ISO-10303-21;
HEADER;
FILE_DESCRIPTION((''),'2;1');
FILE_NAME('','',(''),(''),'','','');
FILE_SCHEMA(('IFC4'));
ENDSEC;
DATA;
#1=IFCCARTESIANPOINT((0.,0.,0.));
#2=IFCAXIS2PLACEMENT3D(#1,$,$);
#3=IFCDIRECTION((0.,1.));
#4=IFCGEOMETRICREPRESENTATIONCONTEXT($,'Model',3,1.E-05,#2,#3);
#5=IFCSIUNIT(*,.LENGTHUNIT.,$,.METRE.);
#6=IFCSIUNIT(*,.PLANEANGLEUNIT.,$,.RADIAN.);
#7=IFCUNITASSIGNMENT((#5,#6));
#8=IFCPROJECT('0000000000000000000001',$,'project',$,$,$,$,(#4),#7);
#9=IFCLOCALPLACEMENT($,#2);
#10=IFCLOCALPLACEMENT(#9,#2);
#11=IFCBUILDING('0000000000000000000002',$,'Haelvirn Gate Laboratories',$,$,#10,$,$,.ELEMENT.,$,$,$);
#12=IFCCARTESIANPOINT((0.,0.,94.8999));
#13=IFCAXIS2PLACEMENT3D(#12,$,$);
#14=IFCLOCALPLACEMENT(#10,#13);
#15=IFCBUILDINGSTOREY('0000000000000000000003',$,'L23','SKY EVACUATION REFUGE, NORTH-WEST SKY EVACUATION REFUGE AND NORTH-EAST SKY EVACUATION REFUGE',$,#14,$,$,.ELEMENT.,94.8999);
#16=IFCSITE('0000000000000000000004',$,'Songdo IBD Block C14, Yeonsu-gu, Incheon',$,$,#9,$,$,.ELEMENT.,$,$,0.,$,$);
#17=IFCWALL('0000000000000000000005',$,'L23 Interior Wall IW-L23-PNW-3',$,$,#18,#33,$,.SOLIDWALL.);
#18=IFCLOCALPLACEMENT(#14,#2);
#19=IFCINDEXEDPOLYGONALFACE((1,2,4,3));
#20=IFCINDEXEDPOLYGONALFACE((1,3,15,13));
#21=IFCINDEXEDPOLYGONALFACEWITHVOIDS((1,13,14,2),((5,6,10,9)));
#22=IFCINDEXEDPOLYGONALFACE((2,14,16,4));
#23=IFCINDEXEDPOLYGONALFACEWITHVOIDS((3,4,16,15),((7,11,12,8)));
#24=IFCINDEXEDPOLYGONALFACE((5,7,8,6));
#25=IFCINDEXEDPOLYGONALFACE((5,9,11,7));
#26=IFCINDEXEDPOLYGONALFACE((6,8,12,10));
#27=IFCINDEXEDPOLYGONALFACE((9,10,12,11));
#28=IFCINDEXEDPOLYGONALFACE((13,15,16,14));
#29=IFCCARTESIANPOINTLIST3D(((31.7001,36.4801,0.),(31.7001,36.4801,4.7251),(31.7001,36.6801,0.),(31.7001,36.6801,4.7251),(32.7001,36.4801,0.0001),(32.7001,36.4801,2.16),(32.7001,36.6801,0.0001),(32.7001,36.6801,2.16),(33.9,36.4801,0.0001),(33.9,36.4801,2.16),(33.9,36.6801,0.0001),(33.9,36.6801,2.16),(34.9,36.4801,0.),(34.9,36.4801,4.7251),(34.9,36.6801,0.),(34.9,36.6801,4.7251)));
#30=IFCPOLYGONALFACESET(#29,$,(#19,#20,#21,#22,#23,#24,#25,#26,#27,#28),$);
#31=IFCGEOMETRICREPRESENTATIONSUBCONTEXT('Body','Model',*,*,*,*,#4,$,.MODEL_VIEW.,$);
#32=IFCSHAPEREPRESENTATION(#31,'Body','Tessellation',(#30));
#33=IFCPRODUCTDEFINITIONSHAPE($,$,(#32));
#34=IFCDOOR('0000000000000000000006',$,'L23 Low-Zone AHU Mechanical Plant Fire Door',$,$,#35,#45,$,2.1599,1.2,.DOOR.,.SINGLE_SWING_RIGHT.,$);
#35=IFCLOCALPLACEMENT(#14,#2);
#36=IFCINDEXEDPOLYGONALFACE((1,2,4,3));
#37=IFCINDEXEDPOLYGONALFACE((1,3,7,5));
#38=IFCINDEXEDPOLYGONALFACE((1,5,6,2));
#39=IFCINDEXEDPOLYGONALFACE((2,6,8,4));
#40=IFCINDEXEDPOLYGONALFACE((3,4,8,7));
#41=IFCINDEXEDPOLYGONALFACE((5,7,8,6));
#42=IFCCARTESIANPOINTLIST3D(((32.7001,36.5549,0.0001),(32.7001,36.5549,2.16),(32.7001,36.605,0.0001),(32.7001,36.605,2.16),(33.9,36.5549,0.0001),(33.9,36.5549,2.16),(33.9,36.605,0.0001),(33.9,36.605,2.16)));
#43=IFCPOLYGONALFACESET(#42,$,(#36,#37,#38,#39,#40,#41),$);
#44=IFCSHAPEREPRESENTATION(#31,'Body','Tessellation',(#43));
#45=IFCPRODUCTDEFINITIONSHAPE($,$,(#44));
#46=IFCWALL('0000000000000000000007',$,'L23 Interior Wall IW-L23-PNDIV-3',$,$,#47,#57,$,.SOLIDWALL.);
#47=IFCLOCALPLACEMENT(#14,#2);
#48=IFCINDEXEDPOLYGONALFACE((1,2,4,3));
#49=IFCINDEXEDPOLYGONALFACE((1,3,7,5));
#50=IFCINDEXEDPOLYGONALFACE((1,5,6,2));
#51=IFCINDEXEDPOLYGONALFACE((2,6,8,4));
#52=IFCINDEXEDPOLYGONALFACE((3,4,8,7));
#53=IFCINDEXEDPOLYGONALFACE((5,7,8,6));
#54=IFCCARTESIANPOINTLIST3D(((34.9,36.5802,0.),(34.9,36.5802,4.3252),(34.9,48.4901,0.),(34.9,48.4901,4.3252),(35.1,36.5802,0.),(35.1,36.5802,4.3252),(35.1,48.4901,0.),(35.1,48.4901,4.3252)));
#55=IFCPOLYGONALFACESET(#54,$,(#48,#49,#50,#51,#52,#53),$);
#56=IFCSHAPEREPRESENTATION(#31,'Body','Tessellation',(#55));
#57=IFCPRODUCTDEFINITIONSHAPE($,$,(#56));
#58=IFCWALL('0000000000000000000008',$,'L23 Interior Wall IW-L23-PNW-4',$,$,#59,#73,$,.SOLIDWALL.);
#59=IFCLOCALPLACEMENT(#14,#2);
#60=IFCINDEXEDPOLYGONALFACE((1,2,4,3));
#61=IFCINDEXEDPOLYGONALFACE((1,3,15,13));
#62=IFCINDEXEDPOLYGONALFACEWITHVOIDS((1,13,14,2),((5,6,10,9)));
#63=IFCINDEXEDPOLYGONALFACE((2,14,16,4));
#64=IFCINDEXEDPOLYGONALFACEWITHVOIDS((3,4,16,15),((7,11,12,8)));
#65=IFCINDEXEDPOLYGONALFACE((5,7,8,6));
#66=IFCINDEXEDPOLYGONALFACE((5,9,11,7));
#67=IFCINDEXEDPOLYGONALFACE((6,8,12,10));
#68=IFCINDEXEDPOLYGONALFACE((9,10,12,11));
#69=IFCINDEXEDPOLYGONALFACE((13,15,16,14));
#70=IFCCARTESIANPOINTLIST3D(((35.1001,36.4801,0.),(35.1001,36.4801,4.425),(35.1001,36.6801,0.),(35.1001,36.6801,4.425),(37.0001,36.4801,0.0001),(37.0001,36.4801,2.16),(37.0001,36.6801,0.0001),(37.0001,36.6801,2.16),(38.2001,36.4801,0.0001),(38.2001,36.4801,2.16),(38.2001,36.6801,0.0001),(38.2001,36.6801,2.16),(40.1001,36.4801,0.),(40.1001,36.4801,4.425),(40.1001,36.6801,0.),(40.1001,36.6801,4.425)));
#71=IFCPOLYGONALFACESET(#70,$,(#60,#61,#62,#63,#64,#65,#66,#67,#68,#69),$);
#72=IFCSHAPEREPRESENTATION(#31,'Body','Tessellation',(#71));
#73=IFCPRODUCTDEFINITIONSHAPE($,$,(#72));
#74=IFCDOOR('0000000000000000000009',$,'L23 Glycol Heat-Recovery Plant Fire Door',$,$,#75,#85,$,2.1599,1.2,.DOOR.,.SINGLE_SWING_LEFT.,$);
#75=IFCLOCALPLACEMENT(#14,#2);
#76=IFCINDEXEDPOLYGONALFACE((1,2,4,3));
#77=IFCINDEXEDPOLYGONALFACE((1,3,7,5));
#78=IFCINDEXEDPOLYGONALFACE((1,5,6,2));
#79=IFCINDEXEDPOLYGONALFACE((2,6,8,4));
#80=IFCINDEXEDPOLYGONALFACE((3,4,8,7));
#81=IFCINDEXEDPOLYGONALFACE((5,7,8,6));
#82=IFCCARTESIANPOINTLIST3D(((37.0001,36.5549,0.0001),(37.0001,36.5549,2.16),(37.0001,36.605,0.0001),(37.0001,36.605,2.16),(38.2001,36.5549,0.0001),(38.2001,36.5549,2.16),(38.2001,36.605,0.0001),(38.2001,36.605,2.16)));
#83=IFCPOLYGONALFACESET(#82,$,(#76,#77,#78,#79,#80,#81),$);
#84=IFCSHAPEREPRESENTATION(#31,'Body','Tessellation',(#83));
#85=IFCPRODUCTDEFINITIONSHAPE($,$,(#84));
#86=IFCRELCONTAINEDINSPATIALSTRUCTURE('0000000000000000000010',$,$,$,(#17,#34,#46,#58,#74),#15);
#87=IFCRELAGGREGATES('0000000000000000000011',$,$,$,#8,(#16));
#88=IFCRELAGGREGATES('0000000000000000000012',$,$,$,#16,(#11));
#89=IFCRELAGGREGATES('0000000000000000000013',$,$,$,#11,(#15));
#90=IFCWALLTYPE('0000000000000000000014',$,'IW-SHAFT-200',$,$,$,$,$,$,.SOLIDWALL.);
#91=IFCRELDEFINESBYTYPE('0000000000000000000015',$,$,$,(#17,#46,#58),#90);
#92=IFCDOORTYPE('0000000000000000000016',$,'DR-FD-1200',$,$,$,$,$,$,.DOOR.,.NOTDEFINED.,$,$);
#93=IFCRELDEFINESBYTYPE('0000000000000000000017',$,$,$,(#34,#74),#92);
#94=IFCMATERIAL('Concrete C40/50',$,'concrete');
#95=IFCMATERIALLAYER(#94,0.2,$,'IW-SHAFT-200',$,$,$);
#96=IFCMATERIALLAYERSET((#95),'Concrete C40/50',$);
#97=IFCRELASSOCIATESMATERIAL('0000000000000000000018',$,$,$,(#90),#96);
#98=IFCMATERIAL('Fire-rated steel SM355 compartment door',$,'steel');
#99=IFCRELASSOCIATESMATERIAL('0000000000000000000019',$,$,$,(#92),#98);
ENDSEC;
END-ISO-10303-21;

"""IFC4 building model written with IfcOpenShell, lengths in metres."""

from ifc_helpers import new_model, si_unit, direction, frame, frame_2d, origin, place, context, subcontext, project, spatial, rectangle, extrude, source, transform, mapped, material, layer, layer_set, type_object, type_shapes, element, fill, save


model = new_model("IFC4")

# Units and contexts
model_context = context("Model", 3, precision=1e-05, world=origin(), true_north=direction((0.0, 1.0)))
body_context = subcontext(model_context, "Body", "Model", "MODEL_VIEW")
ifc_project = project(units=[si_unit("LENGTHUNIT", "METRE"), si_unit("PLANEANGLEUNIT", "RADIAN")], contexts=[model_context])

# Site, building, storey
site_placement = place(None, origin())
site = spatial("IfcSite", under=ifc_project, at=site_placement, Name="Songdo IBD Block C14, Yeonsu-gu, Incheon", CompositionType="ELEMENT", RefElevation=0.0)
building_placement = place(site_placement, origin())
building = spatial("IfcBuilding", under=site, at=building_placement, Name="Haelvirn Gate Laboratories", CompositionType="ELEMENT")
storey_placement = place(building_placement, frame((0.0, 0.0, 94.8999)))
storey = spatial("IfcBuildingStorey", under=building, at=storey_placement, Name="L23", Description="SKY EVACUATION REFUGE, NORTH-WEST SKY EVACUATION REFUGE AND NORTH-EAST SKY EVACUATION REFUGE", CompositionType="ELEMENT", Elevation=94.8999)

# Shared definitions
ifc_material_1 = material(Name="Concrete C40/50", Category="concrete")
ifc_layer_1 = layer(ifc_material_1, 0.2, Name="IW-SHAFT-200")
ifc_layer_set_1 = layer_set([ifc_layer_1], Name="Concrete C40/50")
wall_type_1 = type_object("IfcWallType", Name="IW-SHAFT-200", PredefinedType="SOLIDWALL", material=ifc_layer_set_1)

# Shared definitions
ifc_material_2 = material(Name="Fire-rated steel SM355 compartment door", Category="steel")
door_type = type_object("IfcDoorType", Name="DR-FD-1200", OperationType="NOTDEFINED", PredefinedType="DOOR", material=ifc_material_2)
shared_shape_1 = source(origin(), body_context, "Body", "SweptSolid", [
    extrude(rectangle(XDim=1.2, YDim=2.1599, at=frame_2d((0.6001, 1.0801))), frame((0.0, 0.0249, 0.0), z_axis=(0.0, -1.0, 0.0), x_axis=(1.0, 0.0, 0.0)), (0.0, 0.0, 1.0), 0.05),
])
type_shapes(door_type, [shared_shape_1])

# Wall, opening, door
wall_1_placement = place(storey_placement, frame((31.7, 36.5801, 0.0), z_axis=(0.0, 0.0, 1.0), x_axis=(1.0, 0.0, 0.0)))
wall_1 = element("IfcWall", 1, at=wall_1_placement, inside=storey, type_object=wall_type_1, Name="L23 Interior Wall IW-L23-PNW-3", PredefinedType="SOLIDWALL", context=body_context, shape_type="SweptSolid", body=[
    extrude(rectangle(XDim=3.2, YDim=0.2, at=frame_2d((1.6001, 0.0))), origin(), (0.0, 0.0, 1.0), 4.7251),
])
opening_1_placement = place(wall_1_placement, frame((1.0, 0.0, 0.0)))
opening_1 = element("IfcOpeningElement", 2, at=opening_1_placement, cuts=wall_1, PredefinedType="OPENING", context=body_context, shape_type="SweptSolid", body=[
    extrude(rectangle(XDim=1.2, YDim=2.1599, at=frame_2d((0.6001, 1.0801))), frame((0.0, 0.1099, 0.0), z_axis=(0.0, -1.0, 0.0), x_axis=(1.0, 0.0, 0.0)), (0.0, 0.0, 1.0), 0.22),
])
door_1_placement = place(opening_1_placement, origin())
door_1 = element("IfcDoor", 3, at=door_1_placement, inside=storey, type_object=door_type, Name="L23 Low-Zone AHU Mechanical Plant Fire Door", OperationType="SINGLE_SWING_RIGHT", OverallHeight=2.1599, OverallWidth=1.2, PredefinedType="DOOR", context=body_context, shape_type="MappedRepresentation", body=[
    mapped(shared_shape_1, transform((0.0, 0.0, 0.0), scale=1.0)),
])
fill(opening_1, door_1)

# Wall
wall_2_placement = place(storey_placement, frame((35.0, 36.5801, 0.0), z_axis=(0.0, 0.0, 1.0), x_axis=(0.0, 1.0, 0.0)))
element("IfcWall", 4, at=wall_2_placement, inside=storey, type_object=wall_type_1, Name="L23 Interior Wall IW-L23-PNDIV-3", PredefinedType="SOLIDWALL", context=body_context, shape_type="SweptSolid", body=[
    extrude(rectangle(XDim=11.9099, YDim=0.2, at=frame_2d((5.9551, 0.0))), origin(), (0.0, 0.0, 1.0), 4.3252),
])

# Wall, opening, door
wall_3_placement = place(storey_placement, frame((35.1001, 36.5801, 0.0), z_axis=(0.0, 0.0, 1.0), x_axis=(1.0, 0.0, 0.0)))
wall_3 = element("IfcWall", 5, at=wall_3_placement, inside=storey, type_object=wall_type_1, Name="L23 Interior Wall IW-L23-PNW-4", PredefinedType="SOLIDWALL", context=body_context, shape_type="SweptSolid", body=[
    extrude(rectangle(XDim=5.0, YDim=0.2, at=frame_2d((2.5, 0.0))), origin(), (0.0, 0.0, 1.0), 4.425),
])
opening_2_placement = place(wall_3_placement, frame((1.8999, 0.0, 0.0)))
opening_2 = element("IfcOpeningElement", 6, at=opening_2_placement, cuts=wall_3, PredefinedType="OPENING", context=body_context, shape_type="SweptSolid", body=[
    extrude(rectangle(XDim=1.2, YDim=2.1599, at=frame_2d((0.6001, 1.0801))), frame((0.0, 0.1099, 0.0), z_axis=(0.0, -1.0, 0.0), x_axis=(1.0, 0.0, 0.0)), (0.0, 0.0, 1.0), 0.22),
])
door_2_placement = place(opening_2_placement, origin())
door_2 = element("IfcDoor", 7, at=door_2_placement, inside=storey, type_object=door_type, Name="L23 Glycol Heat-Recovery Plant Fire Door", OperationType="SINGLE_SWING_LEFT", OverallHeight=2.1599, OverallWidth=1.2, PredefinedType="DOOR", context=body_context, shape_type="MappedRepresentation", body=[
    mapped(shared_shape_1, transform((0.0, 0.0, 0.0), scale=1.0)),
])
fill(opening_2, door_2)

save(model, "model.ifc")
